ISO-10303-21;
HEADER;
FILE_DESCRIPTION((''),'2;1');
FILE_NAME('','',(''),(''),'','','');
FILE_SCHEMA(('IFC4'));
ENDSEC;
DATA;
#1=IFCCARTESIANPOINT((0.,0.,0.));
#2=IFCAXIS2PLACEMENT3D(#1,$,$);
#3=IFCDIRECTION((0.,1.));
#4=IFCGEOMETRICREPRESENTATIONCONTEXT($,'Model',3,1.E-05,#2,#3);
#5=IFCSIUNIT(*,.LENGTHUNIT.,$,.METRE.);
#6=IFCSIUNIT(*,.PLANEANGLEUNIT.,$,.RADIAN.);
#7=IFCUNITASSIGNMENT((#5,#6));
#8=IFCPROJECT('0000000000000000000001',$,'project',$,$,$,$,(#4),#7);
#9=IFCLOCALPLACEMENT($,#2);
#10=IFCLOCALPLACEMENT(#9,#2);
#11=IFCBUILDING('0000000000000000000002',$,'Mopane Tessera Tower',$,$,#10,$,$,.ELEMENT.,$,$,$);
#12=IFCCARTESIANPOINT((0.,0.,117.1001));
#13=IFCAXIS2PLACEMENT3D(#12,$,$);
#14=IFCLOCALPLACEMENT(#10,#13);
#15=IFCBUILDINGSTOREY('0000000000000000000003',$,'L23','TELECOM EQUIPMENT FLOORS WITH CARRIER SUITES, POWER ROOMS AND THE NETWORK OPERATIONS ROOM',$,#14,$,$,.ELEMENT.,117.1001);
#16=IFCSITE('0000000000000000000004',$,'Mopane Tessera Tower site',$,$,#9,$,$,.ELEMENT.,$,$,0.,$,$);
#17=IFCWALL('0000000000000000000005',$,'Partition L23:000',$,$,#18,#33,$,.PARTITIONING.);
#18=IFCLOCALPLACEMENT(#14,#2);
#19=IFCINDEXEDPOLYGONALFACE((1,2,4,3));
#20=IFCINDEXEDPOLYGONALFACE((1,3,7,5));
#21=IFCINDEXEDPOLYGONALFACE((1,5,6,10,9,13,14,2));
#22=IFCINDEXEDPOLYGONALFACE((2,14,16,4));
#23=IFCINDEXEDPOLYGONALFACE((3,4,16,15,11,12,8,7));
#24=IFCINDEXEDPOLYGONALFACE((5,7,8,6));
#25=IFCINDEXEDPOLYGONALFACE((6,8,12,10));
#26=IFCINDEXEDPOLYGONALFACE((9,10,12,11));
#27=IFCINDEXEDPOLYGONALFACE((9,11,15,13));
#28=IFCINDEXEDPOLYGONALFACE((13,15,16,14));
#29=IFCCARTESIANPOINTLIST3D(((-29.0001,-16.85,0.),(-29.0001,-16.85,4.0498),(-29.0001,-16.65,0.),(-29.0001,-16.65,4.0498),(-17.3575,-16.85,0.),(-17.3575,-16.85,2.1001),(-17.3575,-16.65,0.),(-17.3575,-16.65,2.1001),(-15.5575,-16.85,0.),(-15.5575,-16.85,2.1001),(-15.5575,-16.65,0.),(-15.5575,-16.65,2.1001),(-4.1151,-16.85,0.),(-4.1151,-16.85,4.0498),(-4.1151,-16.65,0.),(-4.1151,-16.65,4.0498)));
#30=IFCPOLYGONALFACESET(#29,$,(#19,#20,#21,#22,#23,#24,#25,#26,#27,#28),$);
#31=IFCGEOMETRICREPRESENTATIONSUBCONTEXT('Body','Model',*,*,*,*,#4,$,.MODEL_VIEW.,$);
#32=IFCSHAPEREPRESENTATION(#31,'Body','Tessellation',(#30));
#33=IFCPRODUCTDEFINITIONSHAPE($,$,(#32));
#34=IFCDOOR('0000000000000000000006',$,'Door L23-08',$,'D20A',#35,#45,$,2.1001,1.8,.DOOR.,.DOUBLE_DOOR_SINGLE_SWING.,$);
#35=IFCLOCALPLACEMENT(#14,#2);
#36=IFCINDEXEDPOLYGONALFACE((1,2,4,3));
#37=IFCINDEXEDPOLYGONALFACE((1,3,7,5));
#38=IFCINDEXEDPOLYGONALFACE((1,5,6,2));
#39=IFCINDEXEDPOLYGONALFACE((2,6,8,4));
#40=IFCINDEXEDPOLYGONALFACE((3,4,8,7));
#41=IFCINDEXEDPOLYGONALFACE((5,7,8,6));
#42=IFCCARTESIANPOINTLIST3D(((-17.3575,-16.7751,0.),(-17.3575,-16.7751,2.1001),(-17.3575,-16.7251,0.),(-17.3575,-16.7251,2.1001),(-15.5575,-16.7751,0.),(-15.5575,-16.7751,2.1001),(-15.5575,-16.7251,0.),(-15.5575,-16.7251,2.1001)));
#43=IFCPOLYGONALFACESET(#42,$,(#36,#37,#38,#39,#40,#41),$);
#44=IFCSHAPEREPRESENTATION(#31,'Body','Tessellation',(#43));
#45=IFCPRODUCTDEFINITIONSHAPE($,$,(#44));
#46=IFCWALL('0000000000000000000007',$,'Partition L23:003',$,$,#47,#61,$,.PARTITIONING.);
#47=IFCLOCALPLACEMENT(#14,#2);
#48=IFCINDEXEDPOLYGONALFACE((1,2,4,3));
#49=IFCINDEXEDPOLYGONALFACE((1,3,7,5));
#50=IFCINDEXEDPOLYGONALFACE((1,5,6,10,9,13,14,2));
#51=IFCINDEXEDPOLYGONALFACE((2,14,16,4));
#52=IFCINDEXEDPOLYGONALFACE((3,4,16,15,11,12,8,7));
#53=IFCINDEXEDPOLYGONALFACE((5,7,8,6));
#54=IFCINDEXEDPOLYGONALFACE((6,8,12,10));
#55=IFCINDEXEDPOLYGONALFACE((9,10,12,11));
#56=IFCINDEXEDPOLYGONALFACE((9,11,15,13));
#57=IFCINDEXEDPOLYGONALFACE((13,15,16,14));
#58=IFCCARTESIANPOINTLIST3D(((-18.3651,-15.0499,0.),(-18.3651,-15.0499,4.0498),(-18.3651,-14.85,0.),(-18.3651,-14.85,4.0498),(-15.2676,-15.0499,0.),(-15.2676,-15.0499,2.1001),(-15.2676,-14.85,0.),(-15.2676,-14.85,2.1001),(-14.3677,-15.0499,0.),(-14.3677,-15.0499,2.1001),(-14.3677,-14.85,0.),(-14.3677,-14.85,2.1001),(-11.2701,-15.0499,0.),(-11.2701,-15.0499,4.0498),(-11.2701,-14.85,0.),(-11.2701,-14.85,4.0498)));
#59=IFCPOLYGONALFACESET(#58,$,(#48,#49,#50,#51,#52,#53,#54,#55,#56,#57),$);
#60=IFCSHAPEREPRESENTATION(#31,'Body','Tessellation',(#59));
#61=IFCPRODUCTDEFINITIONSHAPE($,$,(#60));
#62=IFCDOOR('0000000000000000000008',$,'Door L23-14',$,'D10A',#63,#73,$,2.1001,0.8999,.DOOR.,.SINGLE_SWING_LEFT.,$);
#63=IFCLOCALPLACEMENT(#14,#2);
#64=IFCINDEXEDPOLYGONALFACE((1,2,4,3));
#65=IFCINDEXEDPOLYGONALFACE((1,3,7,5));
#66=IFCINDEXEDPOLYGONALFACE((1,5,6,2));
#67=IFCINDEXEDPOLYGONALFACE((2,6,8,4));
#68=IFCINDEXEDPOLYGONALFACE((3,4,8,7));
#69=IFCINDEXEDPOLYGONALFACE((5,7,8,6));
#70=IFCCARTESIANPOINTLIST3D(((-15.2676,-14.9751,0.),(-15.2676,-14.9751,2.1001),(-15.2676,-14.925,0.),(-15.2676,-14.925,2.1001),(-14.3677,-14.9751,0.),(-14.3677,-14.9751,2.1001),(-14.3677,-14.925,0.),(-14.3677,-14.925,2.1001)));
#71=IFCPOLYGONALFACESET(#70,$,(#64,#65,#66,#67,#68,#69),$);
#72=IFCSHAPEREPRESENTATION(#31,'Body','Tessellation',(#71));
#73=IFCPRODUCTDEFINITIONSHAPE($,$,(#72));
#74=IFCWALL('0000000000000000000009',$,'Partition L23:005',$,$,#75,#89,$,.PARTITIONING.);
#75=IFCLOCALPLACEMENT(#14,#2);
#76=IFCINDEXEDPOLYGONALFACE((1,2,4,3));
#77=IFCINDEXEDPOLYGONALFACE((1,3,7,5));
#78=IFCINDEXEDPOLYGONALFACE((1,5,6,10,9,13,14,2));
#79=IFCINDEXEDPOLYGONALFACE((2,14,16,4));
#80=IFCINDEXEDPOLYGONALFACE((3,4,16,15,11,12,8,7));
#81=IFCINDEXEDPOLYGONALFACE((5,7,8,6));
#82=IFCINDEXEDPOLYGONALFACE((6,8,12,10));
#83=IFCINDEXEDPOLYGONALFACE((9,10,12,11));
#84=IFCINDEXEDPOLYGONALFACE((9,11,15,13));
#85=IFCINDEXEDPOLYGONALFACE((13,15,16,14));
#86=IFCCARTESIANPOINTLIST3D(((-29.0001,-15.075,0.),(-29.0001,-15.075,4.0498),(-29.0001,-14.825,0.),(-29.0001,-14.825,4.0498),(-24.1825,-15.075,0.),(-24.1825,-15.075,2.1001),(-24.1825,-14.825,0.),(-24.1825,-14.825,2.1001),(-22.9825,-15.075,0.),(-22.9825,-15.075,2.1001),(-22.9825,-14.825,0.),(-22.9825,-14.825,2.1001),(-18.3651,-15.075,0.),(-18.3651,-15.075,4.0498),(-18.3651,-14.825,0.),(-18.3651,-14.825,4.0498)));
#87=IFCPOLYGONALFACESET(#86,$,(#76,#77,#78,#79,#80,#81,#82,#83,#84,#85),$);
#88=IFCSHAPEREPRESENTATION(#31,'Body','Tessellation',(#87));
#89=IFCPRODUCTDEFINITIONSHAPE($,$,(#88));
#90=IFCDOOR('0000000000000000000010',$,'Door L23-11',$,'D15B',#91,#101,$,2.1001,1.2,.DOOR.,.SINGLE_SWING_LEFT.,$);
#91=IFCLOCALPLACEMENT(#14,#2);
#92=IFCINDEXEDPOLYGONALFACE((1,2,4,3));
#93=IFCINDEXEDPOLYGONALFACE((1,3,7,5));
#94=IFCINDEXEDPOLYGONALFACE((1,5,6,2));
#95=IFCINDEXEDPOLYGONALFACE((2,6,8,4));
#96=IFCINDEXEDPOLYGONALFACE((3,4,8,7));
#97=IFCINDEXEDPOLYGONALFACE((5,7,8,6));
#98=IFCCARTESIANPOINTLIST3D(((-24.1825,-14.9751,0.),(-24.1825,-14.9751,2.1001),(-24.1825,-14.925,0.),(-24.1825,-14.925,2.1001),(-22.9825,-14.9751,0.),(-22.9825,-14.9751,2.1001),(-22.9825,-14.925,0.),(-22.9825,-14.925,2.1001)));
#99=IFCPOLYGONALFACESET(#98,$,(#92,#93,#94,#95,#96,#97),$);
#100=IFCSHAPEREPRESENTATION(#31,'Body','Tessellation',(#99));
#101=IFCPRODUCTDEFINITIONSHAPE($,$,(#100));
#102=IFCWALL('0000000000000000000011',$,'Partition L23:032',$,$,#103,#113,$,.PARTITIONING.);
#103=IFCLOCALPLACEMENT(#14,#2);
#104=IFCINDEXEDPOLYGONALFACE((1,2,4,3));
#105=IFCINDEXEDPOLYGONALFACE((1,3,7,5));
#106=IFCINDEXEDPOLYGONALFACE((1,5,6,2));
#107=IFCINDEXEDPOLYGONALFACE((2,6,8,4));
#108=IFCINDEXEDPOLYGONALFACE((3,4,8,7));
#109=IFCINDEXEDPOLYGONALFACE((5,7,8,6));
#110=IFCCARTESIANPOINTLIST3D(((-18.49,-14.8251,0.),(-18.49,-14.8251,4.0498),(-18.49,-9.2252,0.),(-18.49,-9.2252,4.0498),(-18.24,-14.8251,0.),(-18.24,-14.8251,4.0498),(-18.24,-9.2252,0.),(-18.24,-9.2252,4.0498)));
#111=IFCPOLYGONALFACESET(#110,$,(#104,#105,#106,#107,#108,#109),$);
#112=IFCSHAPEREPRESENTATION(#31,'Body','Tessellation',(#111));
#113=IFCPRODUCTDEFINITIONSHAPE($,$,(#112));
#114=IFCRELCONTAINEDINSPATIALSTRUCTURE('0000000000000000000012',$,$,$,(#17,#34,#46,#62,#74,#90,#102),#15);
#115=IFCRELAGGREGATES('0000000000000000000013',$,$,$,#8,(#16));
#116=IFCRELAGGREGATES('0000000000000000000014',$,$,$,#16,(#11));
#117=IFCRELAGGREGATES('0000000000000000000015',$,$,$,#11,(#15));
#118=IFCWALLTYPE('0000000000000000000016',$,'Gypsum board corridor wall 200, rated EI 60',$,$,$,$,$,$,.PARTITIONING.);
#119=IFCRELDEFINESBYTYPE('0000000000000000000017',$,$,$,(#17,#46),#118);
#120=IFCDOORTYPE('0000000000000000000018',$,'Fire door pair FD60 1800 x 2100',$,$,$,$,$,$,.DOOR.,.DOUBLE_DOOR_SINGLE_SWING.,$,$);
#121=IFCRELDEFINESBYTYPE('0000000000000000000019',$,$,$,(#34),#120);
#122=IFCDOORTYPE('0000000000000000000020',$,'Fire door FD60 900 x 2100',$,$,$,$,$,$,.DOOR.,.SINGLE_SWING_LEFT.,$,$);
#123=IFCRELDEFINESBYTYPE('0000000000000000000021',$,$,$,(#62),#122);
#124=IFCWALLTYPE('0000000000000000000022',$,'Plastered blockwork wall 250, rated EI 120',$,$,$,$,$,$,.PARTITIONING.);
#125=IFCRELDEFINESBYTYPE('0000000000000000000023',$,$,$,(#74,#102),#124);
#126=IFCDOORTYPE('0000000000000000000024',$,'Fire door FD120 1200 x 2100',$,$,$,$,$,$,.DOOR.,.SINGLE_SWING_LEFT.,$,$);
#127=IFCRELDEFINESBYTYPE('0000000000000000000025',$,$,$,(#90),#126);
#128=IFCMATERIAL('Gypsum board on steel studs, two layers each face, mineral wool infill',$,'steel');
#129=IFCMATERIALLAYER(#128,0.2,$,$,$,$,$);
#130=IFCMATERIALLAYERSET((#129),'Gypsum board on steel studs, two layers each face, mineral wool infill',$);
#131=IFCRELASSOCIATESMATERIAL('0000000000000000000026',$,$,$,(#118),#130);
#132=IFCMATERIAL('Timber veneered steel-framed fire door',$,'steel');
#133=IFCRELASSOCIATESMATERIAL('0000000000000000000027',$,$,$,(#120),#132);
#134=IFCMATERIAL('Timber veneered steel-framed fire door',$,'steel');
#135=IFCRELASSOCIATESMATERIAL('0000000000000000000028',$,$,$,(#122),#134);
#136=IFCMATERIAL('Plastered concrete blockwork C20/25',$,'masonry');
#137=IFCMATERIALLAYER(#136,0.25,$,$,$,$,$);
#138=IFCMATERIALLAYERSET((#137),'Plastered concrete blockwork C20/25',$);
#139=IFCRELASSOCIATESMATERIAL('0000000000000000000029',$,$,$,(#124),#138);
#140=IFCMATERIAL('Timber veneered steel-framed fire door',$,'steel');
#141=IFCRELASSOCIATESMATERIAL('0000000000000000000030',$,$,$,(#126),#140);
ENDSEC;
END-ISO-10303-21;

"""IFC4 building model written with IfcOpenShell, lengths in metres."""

from ifc_helpers import new_model, si_unit, direction, frame, frame_2d, origin, place, context, subcontext, project, spatial, rectangle, extrude, material, layer, layer_set, type_object, element, fill, save


model = new_model("IFC4")

# Units and contexts
model_context = context("Model", 3, precision=1e-05, world=origin(), true_north=direction((0.0, 1.0)))
body_context = subcontext(model_context, "Body", "Model", "MODEL_VIEW")
ifc_project = project(units=[si_unit("LENGTHUNIT", "METRE"), si_unit("PLANEANGLEUNIT", "RADIAN")], contexts=[model_context])

# Site, building, storey
site_placement = place(None, origin())
site = spatial("IfcSite", under=ifc_project, at=site_placement, Name="Mopane Tessera Tower site", CompositionType="ELEMENT", RefElevation=0.0)
building_placement = place(site_placement, origin())
building = spatial("IfcBuilding", under=site, at=building_placement, Name="Mopane Tessera Tower", CompositionType="ELEMENT")
storey_placement = place(building_placement, frame((0.0, 0.0, 117.1001)))
storey = spatial("IfcBuildingStorey", under=building, at=storey_placement, Name="L23", Description="TELECOM EQUIPMENT FLOORS WITH CARRIER SUITES, POWER ROOMS AND THE NETWORK OPERATIONS ROOM", CompositionType="ELEMENT", Elevation=117.1001)

# Walls, openings, doors
ifc_material_1 = material(Name="Gypsum board on steel studs, two layers each face, mineral wool infill", Category="steel")
ifc_layer_1 = layer(ifc_material_1, 0.2)
ifc_layer_set_1 = layer_set([ifc_layer_1], Name="Gypsum board on steel studs, two layers each face, mineral wool infill")
wall_type_1 = type_object("IfcWallType", Name="Gypsum board corridor wall 200, rated EI 60", PredefinedType="PARTITIONING", material=ifc_layer_set_1)
wall_1_placement = place(storey_placement, frame((-29.0, -16.75, 0.0), z_axis=(0.0, 0.0, 1.0), x_axis=(1.0, 0.0, 0.0)))
wall_1 = element("IfcWall", 1, at=wall_1_placement, inside=storey, type_object=wall_type_1, Name="Partition L23:000", PredefinedType="PARTITIONING", context=body_context, shape_type="SweptSolid", body=[
    extrude(rectangle(XDim=24.885, YDim=0.2, at=frame_2d((12.4424, 0.0))), origin(), (0.0, 0.0, 1.0), 4.0498),
])
opening_1_placement = place(wall_1_placement, frame((11.6426, 0.0, 0.0)))
opening_1 = element("IfcOpeningElement", 2, at=opening_1_placement, cuts=wall_1, PredefinedType="OPENING", context=body_context, shape_type="SweptSolid", body=[
    extrude(rectangle(XDim=1.8, YDim=2.1001, at=frame_2d((0.8999, 1.05))), frame((0.0, 0.1121, 0.0), z_axis=(0.0, -1.0, 0.0), x_axis=(1.0, 0.0, 0.0)), (0.0, 0.0, 1.0), 0.2239),
])
ifc_material_2 = material(Name="Timber veneered steel-framed fire door", Category="steel")
door_type_1 = type_object("IfcDoorType", Name="Fire door pair FD60 1800 x 2100", OperationType="DOUBLE_DOOR_SINGLE_SWING", PredefinedType="DOOR", material=ifc_material_2)
door_1_placement = place(opening_1_placement, origin())
door_1 = element("IfcDoor", 3, at=door_1_placement, inside=storey, type_object=door_type_1, Name="Door L23-08", ObjectType="D20A", OperationType="DOUBLE_DOOR_SINGLE_SWING", OverallHeight=2.1001, OverallWidth=1.8, PredefinedType="DOOR", context=body_context, shape_type="SweptSolid", body=[
    extrude(rectangle(XDim=1.8, YDim=2.1001, at=frame_2d((0.8999, 1.05))), frame((0.0, 0.0249, 0.0), z_axis=(0.0, -1.0, 0.0), x_axis=(1.0, 0.0, 0.0)), (0.0, 0.0, 1.0), 0.05),
])
fill(opening_1, door_1)
wall_2_placement = place(storey_placement, frame((-18.365, -14.95, 0.0), z_axis=(0.0, 0.0, 1.0), x_axis=(1.0, 0.0, 0.0)))
wall_2 = element("IfcWall", 4, at=wall_2_placement, inside=storey, type_object=wall_type_1, Name="Partition L23:003", PredefinedType="PARTITIONING", context=body_context, shape_type="SweptSolid", body=[
    extrude(rectangle(XDim=7.095, YDim=0.2, at=frame_2d((3.5474, 0.0))), origin(), (0.0, 0.0, 1.0), 4.0498),
])
opening_2_placement = place(wall_2_placement, frame((3.0974, 0.0, 0.0)))
opening_2 = element("IfcOpeningElement", 5, at=opening_2_placement, cuts=wall_2, PredefinedType="OPENING", context=body_context, shape_type="SweptSolid", body=[
    extrude(rectangle(XDim=0.8999, YDim=2.1001, at=frame_2d((0.45, 1.05))), frame((0.0, 0.1121, 0.0), z_axis=(0.0, -1.0, 0.0), x_axis=(1.0, 0.0, 0.0)), (0.0, 0.0, 1.0), 0.2239),
])
ifc_material_3 = material(Name="Timber veneered steel-framed fire door", Category="steel")
door_type_2 = type_object("IfcDoorType", Name="Fire door FD60 900 x 2100", OperationType="SINGLE_SWING_LEFT", PredefinedType="DOOR", material=ifc_material_3)
door_2_placement = place(opening_2_placement, origin())
door_2 = element("IfcDoor", 6, at=door_2_placement, inside=storey, type_object=door_type_2, Name="Door L23-14", ObjectType="D10A", OperationType="SINGLE_SWING_LEFT", OverallHeight=2.1001, OverallWidth=0.8999, PredefinedType="DOOR", context=body_context, shape_type="SweptSolid", body=[
    extrude(rectangle(XDim=0.8999, YDim=2.1001, at=frame_2d((0.45, 1.05))), frame((0.0, 0.0249, 0.0), z_axis=(0.0, -1.0, 0.0), x_axis=(1.0, 0.0, 0.0)), (0.0, 0.0, 1.0), 0.05),
])
fill(opening_2, door_2)
ifc_material_4 = material(Name="Plastered concrete blockwork C20/25", Category="masonry")
ifc_layer_2 = layer(ifc_material_4, 0.25)
ifc_layer_set_2 = layer_set([ifc_layer_2], Name="Plastered concrete blockwork C20/25")
wall_type_2 = type_object("IfcWallType", Name="Plastered blockwork wall 250, rated EI 120", PredefinedType="PARTITIONING", material=ifc_layer_set_2)
wall_3_placement = place(storey_placement, frame((-29.0, -14.95, 0.0), z_axis=(0.0, 0.0, 1.0), x_axis=(1.0, 0.0, 0.0)))
wall_3 = element("IfcWall", 7, at=wall_3_placement, inside=storey, type_object=wall_type_2, Name="Partition L23:005", PredefinedType="PARTITIONING", context=body_context, shape_type="SweptSolid", body=[
    extrude(rectangle(XDim=10.635, YDim=0.25, at=frame_2d((5.3174, 0.0))), origin(), (0.0, 0.0, 1.0), 4.0498),
])
opening_3_placement = place(wall_3_placement, frame((4.8174, 0.0, 0.0)))
opening_3 = element("IfcOpeningElement", 8, at=opening_3_placement, cuts=wall_3, PredefinedType="OPENING", context=body_context, shape_type="SweptSolid", body=[
    extrude(rectangle(XDim=1.2, YDim=2.1001, at=frame_2d((0.6001, 1.05))), frame((0.0, 0.137, 0.0), z_axis=(0.0, -1.0, 0.0), x_axis=(1.0, 0.0, 0.0)), (0.0, 0.0, 1.0), 0.2739),
])
ifc_material_5 = material(Name="Timber veneered steel-framed fire door", Category="steel")
door_type_3 = type_object("IfcDoorType", Name="Fire door FD120 1200 x 2100", OperationType="SINGLE_SWING_LEFT", PredefinedType="DOOR", material=ifc_material_5)
door_3_placement = place(opening_3_placement, origin())
door_3 = element("IfcDoor", 9, at=door_3_placement, inside=storey, type_object=door_type_3, Name="Door L23-11", ObjectType="D15B", OperationType="SINGLE_SWING_LEFT", OverallHeight=2.1001, OverallWidth=1.2, PredefinedType="DOOR", context=body_context, shape_type="SweptSolid", body=[
    extrude(rectangle(XDim=1.2, YDim=2.1001, at=frame_2d((0.6001, 1.05))), frame((0.0, 0.0249, 0.0), z_axis=(0.0, -1.0, 0.0), x_axis=(1.0, 0.0, 0.0)), (0.0, 0.0, 1.0), 0.05),
])
fill(opening_3, door_3)

# Wall
wall_4_placement = place(storey_placement, frame((-18.365, -14.825, 0.0), z_axis=(0.0, 0.0, 1.0), x_axis=(0.0, 1.0, 0.0)))
element("IfcWall", 10, at=wall_4_placement, inside=storey, type_object=wall_type_2, Name="Partition L23:032", PredefinedType="PARTITIONING", context=body_context, shape_type="SweptSolid", body=[
    extrude(rectangle(XDim=5.5999, YDim=0.25, at=frame_2d((2.7998, 0.0))), origin(), (0.0, 0.0, 1.0), 4.0498),
])

save(model, "model.ifc")
